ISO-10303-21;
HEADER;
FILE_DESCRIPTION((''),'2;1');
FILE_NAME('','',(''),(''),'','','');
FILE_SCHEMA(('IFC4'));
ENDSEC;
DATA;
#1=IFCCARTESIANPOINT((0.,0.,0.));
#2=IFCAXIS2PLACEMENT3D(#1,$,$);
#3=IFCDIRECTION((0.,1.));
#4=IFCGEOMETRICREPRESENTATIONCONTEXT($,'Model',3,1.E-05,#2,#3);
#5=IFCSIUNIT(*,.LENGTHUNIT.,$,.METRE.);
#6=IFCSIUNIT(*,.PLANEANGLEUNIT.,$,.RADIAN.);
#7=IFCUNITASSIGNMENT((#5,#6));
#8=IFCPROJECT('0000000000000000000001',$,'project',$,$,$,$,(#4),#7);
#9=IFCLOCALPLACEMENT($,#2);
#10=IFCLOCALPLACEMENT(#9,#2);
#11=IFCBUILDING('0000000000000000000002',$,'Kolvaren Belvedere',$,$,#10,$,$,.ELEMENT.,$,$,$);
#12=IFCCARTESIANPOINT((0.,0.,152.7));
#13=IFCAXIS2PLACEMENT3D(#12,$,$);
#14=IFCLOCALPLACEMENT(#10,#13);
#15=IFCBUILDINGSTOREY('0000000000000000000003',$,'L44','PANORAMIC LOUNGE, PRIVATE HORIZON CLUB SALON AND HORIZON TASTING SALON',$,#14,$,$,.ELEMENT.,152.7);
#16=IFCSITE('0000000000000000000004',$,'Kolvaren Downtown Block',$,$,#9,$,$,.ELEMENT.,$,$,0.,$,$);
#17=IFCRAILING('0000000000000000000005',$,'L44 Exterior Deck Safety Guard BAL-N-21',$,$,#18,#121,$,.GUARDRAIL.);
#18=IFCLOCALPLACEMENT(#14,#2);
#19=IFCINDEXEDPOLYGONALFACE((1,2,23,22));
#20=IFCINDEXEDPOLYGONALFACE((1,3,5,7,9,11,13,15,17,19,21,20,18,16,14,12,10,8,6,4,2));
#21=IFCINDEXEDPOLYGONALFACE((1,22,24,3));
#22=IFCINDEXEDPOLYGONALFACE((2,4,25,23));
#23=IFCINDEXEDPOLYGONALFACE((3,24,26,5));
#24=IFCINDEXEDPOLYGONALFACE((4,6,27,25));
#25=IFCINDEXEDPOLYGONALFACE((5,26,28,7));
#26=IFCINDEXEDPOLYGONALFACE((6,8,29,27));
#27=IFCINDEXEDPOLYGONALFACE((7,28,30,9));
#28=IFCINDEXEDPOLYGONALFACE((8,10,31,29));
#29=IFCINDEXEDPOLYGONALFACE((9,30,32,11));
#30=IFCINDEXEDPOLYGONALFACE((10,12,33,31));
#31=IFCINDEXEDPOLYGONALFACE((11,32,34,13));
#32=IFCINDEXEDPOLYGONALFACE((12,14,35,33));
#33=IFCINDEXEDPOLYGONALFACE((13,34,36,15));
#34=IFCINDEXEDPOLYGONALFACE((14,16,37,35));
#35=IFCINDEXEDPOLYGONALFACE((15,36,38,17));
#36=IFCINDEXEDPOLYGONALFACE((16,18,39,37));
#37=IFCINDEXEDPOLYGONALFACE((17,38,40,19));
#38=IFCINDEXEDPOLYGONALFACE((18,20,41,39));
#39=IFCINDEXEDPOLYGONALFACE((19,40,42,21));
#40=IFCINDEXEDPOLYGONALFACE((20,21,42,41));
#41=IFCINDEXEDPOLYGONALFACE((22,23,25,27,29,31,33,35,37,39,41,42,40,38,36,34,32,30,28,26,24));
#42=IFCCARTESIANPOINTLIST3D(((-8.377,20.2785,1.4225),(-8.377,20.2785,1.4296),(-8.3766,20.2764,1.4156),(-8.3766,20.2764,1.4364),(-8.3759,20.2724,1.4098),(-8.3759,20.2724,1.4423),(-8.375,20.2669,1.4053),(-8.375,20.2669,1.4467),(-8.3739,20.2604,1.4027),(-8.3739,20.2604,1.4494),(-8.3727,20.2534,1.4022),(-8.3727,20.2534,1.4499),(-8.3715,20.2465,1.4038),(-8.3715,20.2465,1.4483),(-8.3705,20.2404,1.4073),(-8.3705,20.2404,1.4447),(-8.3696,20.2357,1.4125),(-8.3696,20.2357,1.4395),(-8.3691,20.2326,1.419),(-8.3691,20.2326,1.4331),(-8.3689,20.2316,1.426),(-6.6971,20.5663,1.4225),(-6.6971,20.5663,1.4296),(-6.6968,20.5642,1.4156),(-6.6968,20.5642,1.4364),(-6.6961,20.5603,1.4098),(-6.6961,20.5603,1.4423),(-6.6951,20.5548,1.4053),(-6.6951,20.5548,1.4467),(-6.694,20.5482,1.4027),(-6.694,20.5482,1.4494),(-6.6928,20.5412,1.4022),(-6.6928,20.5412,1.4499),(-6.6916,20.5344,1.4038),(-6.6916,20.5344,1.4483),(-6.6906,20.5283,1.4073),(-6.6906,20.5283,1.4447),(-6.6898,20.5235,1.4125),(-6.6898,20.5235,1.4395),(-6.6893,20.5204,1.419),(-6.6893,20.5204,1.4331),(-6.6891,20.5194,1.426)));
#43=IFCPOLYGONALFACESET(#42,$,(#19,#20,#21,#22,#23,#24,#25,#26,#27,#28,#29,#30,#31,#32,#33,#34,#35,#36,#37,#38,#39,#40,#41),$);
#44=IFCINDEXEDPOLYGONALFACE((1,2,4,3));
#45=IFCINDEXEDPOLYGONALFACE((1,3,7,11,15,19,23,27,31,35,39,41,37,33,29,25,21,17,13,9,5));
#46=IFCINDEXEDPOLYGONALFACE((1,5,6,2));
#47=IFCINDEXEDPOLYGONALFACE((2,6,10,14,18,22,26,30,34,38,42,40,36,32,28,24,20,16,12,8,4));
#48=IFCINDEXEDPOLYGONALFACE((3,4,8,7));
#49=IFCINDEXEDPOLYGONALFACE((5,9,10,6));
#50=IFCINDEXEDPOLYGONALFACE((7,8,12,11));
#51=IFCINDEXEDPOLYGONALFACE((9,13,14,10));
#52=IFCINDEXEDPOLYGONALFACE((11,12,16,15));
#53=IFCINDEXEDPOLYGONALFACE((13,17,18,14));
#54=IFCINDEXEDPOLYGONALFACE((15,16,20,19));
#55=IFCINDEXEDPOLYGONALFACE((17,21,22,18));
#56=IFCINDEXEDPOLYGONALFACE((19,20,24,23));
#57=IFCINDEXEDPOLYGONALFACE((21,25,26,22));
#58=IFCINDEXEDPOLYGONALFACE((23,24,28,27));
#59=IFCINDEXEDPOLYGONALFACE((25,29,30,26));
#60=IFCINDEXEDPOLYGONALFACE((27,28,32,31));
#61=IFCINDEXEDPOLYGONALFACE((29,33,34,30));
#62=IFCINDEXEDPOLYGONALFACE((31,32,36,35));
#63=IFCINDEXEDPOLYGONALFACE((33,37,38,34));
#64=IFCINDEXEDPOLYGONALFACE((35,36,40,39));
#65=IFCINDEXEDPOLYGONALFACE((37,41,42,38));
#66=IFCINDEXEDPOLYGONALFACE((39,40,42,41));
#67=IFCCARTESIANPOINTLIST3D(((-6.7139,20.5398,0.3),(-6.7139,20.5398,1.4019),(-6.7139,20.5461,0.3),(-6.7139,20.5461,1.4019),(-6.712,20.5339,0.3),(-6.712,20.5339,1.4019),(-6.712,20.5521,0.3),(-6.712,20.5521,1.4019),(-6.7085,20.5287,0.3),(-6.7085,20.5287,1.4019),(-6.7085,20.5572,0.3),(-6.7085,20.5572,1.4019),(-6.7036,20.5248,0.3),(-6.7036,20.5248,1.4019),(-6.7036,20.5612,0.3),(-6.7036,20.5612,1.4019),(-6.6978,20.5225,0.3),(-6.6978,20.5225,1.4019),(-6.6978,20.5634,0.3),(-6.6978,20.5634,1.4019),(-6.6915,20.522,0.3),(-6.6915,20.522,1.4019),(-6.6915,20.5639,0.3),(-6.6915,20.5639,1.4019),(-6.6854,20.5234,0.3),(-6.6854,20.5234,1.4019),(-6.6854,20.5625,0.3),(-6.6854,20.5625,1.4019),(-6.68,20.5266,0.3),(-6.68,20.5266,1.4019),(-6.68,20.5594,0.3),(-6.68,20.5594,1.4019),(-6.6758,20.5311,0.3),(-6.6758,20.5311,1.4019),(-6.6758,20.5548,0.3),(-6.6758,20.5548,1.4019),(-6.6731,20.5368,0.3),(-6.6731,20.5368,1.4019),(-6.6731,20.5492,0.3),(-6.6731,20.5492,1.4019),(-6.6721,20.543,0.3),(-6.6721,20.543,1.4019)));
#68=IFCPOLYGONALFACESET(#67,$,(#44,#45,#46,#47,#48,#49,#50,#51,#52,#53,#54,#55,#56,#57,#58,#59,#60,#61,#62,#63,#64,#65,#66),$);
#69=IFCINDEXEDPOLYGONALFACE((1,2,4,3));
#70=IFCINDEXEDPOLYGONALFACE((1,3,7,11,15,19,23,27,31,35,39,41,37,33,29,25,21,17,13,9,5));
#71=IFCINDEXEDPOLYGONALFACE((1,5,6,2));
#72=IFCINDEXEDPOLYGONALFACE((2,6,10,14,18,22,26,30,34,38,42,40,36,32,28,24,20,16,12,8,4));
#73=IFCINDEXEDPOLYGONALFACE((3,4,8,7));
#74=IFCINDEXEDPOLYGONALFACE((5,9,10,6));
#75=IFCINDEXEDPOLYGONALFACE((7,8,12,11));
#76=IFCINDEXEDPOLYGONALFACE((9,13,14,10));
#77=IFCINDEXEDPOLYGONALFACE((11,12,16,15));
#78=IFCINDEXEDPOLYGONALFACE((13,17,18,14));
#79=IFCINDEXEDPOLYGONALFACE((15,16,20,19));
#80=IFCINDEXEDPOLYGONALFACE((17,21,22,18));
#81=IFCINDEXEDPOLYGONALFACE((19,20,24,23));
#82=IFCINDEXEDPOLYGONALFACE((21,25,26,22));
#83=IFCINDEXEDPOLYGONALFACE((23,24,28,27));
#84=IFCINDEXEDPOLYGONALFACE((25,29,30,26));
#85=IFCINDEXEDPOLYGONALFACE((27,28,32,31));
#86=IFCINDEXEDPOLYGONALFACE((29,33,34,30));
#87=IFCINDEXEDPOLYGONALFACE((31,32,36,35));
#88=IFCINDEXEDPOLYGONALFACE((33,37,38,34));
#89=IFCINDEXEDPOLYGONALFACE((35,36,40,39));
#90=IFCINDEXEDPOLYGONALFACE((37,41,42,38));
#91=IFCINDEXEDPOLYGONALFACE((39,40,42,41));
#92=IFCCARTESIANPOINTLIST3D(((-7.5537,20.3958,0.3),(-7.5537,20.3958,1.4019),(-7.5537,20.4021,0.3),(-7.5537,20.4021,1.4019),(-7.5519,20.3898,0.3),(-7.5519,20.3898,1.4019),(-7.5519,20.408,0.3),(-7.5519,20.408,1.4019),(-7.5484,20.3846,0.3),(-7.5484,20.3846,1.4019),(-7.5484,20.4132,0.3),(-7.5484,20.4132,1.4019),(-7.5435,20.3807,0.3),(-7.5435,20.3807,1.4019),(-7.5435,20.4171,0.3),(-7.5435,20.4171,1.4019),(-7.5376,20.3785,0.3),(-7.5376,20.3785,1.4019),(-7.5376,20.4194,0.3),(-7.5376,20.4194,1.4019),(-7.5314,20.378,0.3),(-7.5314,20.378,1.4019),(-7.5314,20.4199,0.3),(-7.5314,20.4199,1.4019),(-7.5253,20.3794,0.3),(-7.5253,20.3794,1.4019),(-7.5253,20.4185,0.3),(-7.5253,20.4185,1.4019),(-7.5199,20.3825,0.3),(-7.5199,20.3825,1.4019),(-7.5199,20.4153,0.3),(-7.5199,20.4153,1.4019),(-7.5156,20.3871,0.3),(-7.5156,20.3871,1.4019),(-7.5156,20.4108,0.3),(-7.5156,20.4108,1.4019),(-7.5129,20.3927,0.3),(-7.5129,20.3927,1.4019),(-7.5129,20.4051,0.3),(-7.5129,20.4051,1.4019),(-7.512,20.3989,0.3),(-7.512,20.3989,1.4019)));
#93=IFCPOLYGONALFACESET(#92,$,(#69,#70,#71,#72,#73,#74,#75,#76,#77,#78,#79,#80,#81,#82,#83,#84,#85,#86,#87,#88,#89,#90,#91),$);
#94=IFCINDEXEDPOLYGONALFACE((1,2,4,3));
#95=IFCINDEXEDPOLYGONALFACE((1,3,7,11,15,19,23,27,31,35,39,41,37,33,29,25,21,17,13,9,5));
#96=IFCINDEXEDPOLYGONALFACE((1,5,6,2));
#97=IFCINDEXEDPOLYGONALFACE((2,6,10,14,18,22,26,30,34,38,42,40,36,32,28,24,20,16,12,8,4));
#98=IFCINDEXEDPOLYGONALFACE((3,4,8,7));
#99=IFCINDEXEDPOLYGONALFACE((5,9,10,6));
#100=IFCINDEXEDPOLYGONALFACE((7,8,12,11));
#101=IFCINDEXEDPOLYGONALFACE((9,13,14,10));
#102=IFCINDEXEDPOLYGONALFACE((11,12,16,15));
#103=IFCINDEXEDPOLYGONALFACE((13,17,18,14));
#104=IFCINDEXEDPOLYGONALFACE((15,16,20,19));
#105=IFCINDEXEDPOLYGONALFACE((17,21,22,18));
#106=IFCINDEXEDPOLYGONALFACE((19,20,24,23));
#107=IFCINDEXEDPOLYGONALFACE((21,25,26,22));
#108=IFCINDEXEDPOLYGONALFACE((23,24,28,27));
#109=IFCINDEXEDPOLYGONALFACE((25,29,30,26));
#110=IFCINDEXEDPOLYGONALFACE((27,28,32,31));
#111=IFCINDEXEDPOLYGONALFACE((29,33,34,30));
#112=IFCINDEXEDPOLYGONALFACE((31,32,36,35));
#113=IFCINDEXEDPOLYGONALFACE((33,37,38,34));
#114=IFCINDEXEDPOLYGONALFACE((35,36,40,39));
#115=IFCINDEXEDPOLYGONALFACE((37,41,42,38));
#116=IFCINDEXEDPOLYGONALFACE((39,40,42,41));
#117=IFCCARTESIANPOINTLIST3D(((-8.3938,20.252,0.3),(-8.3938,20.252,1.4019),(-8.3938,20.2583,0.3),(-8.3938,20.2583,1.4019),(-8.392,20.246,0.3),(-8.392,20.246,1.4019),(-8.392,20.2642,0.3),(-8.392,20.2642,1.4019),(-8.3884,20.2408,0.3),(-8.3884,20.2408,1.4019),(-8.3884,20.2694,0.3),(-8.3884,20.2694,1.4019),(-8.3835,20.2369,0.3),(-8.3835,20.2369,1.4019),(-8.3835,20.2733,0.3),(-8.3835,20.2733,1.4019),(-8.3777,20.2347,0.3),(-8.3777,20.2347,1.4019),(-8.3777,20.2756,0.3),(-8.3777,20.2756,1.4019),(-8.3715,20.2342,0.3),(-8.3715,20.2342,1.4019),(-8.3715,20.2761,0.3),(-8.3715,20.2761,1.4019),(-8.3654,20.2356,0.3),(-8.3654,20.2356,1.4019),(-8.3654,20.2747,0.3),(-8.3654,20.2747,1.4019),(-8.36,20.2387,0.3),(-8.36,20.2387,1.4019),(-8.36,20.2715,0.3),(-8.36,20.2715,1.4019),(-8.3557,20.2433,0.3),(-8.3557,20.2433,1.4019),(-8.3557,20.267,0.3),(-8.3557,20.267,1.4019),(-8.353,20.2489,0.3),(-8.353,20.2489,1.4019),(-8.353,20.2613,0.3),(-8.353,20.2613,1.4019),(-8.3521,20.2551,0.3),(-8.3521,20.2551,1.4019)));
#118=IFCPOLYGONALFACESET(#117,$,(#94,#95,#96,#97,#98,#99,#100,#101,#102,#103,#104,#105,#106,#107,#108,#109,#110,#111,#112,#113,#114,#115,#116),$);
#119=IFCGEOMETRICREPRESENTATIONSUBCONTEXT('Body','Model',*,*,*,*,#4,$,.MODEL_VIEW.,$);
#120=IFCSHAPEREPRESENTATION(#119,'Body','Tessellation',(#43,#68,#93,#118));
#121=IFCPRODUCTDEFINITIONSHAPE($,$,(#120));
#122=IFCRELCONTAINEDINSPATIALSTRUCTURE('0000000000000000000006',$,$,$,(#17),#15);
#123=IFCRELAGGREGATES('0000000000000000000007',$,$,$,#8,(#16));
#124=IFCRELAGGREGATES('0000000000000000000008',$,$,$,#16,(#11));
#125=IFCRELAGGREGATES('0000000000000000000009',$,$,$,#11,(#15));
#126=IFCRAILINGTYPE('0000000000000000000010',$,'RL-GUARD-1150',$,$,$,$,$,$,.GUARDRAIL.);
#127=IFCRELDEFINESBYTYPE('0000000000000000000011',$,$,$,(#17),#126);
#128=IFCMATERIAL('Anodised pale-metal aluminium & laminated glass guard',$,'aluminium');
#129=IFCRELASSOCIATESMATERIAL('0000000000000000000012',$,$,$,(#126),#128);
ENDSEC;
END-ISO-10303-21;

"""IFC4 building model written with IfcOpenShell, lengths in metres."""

from ifc_helpers import new_model, si_unit, direction, frame, origin, origin_2d, place, context, subcontext, project, spatial, circle, extrude, material, type_object, element, save


model = new_model("IFC4")

# Units and contexts
model_context = context("Model", 3, precision=1e-05, world=origin(), true_north=direction((0.0, 1.0)))
body_context = subcontext(model_context, "Body", "Model", "MODEL_VIEW")
ifc_project = project(units=[si_unit("LENGTHUNIT", "METRE"), si_unit("PLANEANGLEUNIT", "RADIAN")], contexts=[model_context])

# Site, building, storey
site_placement = place(None, origin())
site = spatial("IfcSite", under=ifc_project, at=site_placement, Name="Kolvaren Downtown Block", CompositionType="ELEMENT", RefElevation=0.0)
building_placement = place(site_placement, origin())
building = spatial("IfcBuilding", under=site, at=building_placement, Name="Kolvaren Belvedere", CompositionType="ELEMENT")
storey_placement = place(building_placement, frame((0.0, 0.0, 152.7)))
storey = spatial("IfcBuildingStorey", under=building, at=storey_placement, Name="L44", Description="PANORAMIC LOUNGE, PRIVATE HORIZON CLUB SALON AND HORIZON TASTING SALON", CompositionType="ELEMENT", Elevation=152.7)

# Railing
ifc_material_1 = material(Name="Anodised pale-metal aluminium & laminated glass guard", Category="aluminium")
railing_type = type_object("IfcRailingType", Name="RL-GUARD-1150", PredefinedType="GUARDRAIL", material=ifc_material_1)
railing_1_placement = place(storey_placement, frame((-6.6931, 20.543, 0.3)))
element("IfcRailing", 1, at=railing_1_placement, inside=storey, type_object=railing_type, Name="L44 Exterior Deck Safety Guard BAL-N-21", PredefinedType="GUARDRAIL", context=body_context, shape_type="SweptSolid", body=[
    extrude(circle(Radius=0.0239, at=origin_2d()), frame((0.0, 0.0, 1.126), z_axis=(-0.985637, -0.16888, 0.0), x_axis=(0.16888, -0.985637, 0.0)), (0.0, 0.0, 1.0), 1.7043),
    extrude(circle(Radius=0.021, at=origin_2d()), origin(), (0.0, 0.0, 1.0), 1.1018),
    extrude(circle(Radius=0.021, at=origin_2d()), frame((-0.8398, -0.144, 0.0)), (0.0, 0.0, 1.0), 1.1018),
    extrude(circle(Radius=0.021, at=origin_2d()), frame((-1.6799, -0.2878, 0.0)), (0.0, 0.0, 1.0), 1.1018),
])

save(model, "model.ifc")
